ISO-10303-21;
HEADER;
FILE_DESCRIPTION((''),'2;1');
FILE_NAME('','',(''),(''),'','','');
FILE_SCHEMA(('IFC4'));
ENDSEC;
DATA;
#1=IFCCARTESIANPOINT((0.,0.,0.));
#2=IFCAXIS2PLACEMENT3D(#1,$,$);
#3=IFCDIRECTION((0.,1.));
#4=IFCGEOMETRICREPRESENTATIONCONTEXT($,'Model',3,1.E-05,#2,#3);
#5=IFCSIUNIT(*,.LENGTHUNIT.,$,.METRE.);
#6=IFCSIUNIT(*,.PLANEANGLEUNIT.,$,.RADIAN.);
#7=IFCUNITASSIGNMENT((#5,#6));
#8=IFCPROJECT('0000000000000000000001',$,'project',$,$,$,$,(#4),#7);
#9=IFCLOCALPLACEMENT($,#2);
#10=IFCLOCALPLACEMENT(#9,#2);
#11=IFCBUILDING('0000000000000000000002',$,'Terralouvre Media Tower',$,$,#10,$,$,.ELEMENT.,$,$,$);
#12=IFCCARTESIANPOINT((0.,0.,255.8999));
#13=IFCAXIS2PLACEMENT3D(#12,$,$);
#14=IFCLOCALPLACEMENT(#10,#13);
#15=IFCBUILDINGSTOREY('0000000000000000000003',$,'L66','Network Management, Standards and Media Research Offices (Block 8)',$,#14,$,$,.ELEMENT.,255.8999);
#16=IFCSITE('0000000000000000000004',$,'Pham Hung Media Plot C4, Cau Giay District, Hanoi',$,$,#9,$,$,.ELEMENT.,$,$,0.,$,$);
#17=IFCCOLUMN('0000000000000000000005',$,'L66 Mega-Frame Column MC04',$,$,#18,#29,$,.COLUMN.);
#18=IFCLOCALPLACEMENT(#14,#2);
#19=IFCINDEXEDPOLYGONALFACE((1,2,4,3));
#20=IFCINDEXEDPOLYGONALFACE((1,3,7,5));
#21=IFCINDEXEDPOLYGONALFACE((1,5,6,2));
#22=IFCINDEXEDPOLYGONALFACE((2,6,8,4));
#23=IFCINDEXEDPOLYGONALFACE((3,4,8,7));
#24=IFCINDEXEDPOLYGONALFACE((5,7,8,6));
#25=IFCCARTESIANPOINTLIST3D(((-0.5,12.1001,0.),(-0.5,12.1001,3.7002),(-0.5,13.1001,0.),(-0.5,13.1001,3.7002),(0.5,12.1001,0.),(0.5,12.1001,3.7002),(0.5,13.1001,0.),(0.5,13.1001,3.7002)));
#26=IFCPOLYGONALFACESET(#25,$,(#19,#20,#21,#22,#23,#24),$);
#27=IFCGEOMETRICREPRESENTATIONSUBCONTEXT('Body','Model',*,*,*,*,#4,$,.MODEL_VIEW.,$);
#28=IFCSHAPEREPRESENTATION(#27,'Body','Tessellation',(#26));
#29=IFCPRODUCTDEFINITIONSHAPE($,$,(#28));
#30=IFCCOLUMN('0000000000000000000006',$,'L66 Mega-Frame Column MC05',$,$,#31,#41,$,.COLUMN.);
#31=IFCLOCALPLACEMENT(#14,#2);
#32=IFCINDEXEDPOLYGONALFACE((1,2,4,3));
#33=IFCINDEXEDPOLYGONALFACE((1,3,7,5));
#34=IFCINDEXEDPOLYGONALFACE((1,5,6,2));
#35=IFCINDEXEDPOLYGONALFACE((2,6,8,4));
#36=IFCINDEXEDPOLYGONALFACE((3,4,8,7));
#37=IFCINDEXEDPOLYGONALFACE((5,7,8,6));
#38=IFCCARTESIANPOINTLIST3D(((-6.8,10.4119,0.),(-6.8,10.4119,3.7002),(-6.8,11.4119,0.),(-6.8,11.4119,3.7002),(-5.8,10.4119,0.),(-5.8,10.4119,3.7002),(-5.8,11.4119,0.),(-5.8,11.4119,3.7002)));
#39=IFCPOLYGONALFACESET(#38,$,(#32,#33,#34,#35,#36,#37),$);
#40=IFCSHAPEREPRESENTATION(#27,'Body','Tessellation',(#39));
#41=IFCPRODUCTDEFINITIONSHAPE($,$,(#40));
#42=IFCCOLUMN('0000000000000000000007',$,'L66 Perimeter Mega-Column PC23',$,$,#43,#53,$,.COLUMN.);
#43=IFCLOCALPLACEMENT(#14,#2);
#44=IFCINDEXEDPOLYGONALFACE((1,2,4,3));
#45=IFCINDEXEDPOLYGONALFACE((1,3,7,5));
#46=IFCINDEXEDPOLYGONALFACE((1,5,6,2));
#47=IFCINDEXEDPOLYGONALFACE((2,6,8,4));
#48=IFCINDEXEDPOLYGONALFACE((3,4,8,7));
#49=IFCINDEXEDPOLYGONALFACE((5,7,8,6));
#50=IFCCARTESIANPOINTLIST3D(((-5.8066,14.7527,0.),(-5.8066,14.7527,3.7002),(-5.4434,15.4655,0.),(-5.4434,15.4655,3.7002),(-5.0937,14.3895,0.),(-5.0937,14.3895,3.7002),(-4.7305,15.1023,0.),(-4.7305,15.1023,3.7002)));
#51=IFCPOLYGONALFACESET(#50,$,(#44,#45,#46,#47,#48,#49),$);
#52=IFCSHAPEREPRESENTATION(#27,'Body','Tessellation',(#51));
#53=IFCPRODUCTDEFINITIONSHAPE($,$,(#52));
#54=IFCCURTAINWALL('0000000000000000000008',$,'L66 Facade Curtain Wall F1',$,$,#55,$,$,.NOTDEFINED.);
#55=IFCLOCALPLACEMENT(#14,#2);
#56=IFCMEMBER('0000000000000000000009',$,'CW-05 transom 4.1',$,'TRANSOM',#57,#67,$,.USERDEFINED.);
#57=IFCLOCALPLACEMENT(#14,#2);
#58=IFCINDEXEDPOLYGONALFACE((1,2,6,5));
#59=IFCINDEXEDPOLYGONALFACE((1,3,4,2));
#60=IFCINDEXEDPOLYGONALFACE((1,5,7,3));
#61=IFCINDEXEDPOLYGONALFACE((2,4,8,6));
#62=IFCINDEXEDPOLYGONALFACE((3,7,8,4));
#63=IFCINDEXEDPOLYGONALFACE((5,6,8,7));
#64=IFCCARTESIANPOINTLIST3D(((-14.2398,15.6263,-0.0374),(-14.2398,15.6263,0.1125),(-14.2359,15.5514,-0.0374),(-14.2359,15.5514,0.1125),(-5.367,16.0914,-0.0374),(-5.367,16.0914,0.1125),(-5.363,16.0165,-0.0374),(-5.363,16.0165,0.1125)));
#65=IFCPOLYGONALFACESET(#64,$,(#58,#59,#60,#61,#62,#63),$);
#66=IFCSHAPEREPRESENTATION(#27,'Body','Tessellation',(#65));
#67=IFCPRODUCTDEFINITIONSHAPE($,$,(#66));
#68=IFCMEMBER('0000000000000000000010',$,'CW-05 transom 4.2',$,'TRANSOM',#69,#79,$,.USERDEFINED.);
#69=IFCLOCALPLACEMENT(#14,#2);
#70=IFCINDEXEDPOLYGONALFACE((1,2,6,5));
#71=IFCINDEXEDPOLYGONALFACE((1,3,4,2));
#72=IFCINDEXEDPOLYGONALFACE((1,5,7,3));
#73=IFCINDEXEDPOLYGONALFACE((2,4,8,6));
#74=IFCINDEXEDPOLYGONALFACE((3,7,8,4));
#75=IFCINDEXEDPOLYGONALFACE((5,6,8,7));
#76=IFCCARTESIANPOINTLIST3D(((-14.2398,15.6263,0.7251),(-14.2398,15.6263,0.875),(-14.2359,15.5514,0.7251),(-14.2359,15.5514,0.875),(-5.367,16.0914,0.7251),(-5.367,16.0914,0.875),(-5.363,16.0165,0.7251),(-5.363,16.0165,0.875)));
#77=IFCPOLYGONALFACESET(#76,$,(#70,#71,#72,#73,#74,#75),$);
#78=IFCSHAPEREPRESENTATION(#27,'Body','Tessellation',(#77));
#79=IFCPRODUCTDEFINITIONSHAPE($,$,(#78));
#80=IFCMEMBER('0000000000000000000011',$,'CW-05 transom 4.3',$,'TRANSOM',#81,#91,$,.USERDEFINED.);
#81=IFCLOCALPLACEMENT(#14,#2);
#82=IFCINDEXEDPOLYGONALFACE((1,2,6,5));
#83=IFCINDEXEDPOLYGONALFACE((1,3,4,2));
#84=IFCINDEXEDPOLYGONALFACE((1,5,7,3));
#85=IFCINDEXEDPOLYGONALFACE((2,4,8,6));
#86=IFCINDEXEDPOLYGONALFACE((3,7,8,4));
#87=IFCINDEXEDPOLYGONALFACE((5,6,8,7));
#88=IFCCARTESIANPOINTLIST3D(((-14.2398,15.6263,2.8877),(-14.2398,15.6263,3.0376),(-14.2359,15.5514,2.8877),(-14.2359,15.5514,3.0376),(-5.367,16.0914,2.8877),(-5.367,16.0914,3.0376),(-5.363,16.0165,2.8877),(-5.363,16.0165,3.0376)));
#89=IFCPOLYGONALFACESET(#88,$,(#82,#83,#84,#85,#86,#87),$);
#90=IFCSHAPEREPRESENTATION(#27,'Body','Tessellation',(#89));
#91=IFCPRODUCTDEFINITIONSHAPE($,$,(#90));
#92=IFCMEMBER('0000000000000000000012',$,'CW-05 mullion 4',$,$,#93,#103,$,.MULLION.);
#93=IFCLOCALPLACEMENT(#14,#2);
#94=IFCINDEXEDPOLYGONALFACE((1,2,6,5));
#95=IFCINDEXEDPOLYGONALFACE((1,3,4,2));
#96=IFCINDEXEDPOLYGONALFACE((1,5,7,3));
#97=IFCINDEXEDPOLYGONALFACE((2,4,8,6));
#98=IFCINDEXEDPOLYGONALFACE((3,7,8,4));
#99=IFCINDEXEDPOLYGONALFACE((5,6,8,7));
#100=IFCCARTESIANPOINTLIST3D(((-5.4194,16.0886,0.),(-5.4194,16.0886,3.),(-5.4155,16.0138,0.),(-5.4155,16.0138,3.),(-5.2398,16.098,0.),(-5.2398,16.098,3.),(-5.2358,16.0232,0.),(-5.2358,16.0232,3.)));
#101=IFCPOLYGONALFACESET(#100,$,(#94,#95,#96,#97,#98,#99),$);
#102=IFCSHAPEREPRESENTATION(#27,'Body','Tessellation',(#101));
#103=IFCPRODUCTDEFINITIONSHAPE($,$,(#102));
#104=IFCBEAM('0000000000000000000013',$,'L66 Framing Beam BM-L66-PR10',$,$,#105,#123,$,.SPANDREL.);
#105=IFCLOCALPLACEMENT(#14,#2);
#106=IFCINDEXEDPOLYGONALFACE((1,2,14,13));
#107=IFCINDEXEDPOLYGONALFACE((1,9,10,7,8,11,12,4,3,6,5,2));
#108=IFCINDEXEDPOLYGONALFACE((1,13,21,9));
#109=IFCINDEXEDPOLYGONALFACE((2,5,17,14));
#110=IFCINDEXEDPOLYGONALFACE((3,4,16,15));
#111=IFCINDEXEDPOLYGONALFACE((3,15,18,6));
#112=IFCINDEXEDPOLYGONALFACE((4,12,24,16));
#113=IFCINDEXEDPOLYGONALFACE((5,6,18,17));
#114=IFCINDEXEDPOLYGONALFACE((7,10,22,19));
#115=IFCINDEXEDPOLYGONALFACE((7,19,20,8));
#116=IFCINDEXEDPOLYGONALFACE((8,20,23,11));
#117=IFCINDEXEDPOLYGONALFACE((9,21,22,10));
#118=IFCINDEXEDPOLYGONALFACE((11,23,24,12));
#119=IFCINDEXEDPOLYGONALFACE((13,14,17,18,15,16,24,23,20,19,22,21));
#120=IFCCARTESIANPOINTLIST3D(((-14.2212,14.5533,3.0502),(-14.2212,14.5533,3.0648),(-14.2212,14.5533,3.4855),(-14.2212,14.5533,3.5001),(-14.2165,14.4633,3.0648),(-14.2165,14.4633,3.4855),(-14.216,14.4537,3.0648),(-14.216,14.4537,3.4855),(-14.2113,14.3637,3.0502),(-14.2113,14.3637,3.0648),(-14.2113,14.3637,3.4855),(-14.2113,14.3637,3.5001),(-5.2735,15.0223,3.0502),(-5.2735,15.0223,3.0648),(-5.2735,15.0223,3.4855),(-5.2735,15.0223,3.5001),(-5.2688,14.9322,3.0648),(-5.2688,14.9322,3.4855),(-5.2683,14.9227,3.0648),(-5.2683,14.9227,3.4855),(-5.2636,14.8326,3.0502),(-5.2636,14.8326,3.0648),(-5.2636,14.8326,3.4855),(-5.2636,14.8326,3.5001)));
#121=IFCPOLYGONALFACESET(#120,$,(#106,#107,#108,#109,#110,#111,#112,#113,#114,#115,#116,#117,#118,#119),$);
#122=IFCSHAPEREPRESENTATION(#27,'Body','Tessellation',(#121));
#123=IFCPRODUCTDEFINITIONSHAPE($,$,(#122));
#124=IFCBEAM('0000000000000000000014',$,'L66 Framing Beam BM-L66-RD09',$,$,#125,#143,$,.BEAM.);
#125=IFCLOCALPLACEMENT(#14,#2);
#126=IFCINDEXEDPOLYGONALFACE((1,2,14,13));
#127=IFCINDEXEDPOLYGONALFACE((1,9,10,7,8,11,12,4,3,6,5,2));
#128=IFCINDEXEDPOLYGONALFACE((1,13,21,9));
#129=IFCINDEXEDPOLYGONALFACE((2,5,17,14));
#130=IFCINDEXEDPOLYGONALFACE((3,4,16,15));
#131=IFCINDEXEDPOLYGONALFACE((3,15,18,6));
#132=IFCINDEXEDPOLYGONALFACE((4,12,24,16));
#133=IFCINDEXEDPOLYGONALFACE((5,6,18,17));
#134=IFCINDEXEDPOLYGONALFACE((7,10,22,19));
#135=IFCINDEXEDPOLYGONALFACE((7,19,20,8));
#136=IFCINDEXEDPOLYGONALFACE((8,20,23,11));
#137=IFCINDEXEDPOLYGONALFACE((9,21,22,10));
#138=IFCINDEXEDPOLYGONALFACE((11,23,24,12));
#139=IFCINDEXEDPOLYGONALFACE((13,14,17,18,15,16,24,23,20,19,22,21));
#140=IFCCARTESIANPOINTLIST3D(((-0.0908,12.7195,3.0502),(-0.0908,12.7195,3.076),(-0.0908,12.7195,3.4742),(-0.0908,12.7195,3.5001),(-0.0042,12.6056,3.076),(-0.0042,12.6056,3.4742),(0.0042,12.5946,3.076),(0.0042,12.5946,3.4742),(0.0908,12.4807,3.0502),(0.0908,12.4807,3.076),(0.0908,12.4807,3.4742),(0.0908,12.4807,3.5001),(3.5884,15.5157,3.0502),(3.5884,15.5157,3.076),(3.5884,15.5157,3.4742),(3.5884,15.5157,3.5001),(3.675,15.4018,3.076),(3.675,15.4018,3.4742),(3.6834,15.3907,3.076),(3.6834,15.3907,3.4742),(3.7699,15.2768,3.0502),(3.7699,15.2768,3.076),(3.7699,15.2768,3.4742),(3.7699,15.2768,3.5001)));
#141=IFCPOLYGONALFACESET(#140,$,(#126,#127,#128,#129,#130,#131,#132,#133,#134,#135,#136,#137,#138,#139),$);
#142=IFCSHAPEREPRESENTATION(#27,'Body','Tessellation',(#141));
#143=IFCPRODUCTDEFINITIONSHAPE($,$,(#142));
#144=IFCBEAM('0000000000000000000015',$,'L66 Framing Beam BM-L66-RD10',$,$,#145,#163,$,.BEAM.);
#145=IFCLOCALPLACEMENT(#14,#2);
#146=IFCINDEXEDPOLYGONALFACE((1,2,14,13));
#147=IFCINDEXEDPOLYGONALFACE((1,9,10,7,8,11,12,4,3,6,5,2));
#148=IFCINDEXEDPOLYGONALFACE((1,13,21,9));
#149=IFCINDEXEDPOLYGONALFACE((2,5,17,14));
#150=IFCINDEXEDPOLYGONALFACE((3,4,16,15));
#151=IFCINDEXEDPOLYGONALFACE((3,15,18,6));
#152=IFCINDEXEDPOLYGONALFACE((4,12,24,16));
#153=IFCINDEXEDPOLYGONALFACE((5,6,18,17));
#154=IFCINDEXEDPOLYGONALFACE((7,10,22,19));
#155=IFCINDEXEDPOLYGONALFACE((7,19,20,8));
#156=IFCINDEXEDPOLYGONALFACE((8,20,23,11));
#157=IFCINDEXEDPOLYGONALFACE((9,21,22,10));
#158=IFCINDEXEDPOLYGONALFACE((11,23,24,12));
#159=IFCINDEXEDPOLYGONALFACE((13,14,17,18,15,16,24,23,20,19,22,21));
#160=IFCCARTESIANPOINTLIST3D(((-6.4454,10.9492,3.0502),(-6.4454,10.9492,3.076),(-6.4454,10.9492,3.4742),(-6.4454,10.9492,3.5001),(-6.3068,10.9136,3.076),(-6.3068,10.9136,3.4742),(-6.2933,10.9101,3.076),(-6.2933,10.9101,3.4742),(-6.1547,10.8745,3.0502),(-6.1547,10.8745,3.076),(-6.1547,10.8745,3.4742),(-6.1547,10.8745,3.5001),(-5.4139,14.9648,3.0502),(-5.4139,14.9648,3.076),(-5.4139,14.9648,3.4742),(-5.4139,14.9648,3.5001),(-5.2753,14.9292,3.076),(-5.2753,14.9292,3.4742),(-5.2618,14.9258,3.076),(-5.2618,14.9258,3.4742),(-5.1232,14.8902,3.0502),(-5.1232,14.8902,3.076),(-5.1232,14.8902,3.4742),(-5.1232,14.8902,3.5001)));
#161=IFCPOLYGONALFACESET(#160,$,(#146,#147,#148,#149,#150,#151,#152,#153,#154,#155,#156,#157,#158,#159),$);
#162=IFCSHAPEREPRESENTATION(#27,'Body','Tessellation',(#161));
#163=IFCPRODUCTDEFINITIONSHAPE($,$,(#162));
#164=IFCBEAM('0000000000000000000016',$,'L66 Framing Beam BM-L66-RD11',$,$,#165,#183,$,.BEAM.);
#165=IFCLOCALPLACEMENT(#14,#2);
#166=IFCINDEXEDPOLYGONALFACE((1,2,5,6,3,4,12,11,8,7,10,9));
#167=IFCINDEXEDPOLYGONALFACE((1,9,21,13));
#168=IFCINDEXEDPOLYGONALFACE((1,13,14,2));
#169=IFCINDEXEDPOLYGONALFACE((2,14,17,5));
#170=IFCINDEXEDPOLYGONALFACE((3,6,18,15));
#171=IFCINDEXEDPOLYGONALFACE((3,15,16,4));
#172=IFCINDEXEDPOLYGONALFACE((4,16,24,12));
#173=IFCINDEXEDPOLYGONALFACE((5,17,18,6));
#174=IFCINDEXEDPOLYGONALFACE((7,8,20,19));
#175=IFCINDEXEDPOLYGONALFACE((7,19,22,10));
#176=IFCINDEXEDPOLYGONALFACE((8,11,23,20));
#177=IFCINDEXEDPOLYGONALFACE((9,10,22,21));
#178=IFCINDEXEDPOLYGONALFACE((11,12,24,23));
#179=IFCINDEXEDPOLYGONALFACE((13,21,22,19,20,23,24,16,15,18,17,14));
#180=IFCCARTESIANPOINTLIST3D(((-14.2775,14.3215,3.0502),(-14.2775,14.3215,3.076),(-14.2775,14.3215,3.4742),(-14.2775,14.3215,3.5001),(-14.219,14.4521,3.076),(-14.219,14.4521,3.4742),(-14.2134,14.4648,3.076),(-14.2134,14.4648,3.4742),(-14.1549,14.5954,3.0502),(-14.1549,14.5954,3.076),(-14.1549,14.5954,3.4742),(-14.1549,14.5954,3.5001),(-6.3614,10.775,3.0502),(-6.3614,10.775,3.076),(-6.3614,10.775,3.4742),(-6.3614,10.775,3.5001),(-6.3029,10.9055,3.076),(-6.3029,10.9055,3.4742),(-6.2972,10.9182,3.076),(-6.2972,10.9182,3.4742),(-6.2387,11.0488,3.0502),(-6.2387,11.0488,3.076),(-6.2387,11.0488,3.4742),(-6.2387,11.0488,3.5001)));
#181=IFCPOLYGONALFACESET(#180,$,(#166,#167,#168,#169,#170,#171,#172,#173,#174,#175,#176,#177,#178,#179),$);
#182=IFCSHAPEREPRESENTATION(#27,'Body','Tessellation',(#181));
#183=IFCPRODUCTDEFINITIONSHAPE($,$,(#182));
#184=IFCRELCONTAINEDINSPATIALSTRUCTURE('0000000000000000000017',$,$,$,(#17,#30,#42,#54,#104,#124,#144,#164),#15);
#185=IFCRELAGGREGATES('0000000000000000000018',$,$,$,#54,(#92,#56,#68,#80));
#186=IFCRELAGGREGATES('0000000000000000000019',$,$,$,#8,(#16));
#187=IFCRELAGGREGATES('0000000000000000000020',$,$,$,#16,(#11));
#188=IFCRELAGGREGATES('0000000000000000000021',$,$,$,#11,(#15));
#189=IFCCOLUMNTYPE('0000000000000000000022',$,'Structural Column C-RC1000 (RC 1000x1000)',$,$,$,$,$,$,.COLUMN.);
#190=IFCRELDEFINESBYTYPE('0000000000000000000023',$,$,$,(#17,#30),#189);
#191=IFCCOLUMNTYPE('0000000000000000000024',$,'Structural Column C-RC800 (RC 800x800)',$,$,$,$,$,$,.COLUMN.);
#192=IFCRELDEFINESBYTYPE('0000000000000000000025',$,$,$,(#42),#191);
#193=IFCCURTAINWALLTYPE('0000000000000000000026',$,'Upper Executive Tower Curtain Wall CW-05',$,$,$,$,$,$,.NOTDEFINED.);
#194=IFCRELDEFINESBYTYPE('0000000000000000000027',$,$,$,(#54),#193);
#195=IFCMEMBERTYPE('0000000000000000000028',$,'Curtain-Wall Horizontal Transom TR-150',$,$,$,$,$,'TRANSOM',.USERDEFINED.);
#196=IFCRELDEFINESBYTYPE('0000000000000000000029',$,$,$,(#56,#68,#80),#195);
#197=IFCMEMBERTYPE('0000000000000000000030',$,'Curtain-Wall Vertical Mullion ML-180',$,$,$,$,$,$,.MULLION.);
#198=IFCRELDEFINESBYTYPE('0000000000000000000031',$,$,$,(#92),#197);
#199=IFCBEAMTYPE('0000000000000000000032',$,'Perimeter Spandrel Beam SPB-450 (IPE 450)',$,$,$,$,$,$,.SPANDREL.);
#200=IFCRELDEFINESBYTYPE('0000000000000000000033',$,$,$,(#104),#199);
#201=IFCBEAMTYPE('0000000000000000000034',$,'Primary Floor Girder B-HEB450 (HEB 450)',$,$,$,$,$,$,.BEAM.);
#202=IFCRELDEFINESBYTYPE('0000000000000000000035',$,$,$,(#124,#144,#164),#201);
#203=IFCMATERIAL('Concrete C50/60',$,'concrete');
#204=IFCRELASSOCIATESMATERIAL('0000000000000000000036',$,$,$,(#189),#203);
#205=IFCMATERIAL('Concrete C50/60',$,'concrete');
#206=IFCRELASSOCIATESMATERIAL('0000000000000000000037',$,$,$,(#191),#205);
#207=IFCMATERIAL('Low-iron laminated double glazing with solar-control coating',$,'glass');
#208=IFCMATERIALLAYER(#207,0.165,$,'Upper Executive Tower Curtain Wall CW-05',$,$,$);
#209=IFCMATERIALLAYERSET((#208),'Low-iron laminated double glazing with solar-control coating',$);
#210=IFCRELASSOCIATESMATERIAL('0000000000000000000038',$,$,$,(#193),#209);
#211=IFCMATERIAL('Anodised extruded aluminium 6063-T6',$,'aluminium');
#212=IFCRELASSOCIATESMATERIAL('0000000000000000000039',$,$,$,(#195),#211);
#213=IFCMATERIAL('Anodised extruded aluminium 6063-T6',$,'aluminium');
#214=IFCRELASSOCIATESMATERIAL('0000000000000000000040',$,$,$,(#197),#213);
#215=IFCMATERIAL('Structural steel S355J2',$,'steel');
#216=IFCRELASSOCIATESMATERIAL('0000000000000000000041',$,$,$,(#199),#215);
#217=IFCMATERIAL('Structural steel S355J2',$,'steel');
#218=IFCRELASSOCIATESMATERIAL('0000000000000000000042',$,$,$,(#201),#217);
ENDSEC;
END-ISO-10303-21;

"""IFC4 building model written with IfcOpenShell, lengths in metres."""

from ifc_helpers import new_model, si_unit, direction, frame, origin, origin_2d, place, context, subcontext, project, spatial, rectangle, i_section, extrude, material, layer, layer_set, material_profile, profile_set, type_object, element, aggregate, save


model = new_model("IFC4")

# Units and contexts
model_context = context("Model", 3, precision=1e-05, world=origin(), true_north=direction((0.0, 1.0)))
body_context = subcontext(model_context, "Body", "Model", "MODEL_VIEW")
ifc_project = project(units=[si_unit("LENGTHUNIT", "METRE"), si_unit("PLANEANGLEUNIT", "RADIAN")], contexts=[model_context])

# Site, building, storey
site_placement = place(None, origin())
site = spatial("IfcSite", under=ifc_project, at=site_placement, Name="Pham Hung Media Plot C4, Cau Giay District, Hanoi", CompositionType="ELEMENT", RefElevation=0.0)
building_placement = place(site_placement, origin())
building = spatial("IfcBuilding", under=site, at=building_placement, Name="Terralouvre Media Tower", CompositionType="ELEMENT")
storey_placement = place(building_placement, frame((0.0, 0.0, 255.8999)))
storey = spatial("IfcBuildingStorey", under=building, at=storey_placement, Name="L66", Description="Network Management, Standards and Media Research Offices (Block 8)", CompositionType="ELEMENT", Elevation=255.8999)

# Columns
ifc_material_1 = material(Name="Concrete C50/60", Category="concrete")
ifc_material_profile_1 = material_profile(ifc_material_1, rectangle(XDim=1.0, YDim=1.0, at=origin_2d()), Name="RC 1000x1000")
ifc_profile_set_1 = profile_set([ifc_material_profile_1], Name="Concrete C50/60")
column_type_1 = type_object("IfcColumnType", Name="Structural Column C-RC1000 (RC 1000x1000)", PredefinedType="COLUMN", material=ifc_profile_set_1)
for number, where, z_axis, x_axis, name in (
    (1, (0.0, 12.6001, 0.0), (0.0, 0.0, 1.0), (1.0, 0.0, 0.0), "L66 Mega-Frame Column MC04"),
    (2, (-6.3, 10.9119, 0.0), (0.0, 0.0, 1.0), (1.0, 0.0, 0.0), "L66 Mega-Frame Column MC05"),
):
    element("IfcColumn", number, at=place(storey_placement, frame(where, z_axis=z_axis, x_axis=x_axis)), inside=storey, type_object=column_type_1, Name=name, PredefinedType="COLUMN", context=body_context, shape_type="SweptSolid", body=[
        extrude(rectangle(XDim=1.0, YDim=1.0, at=origin_2d()), origin(), (0.0, 0.0, 1.0), 3.7002),
    ])
ifc_material_2 = material(Name="Concrete C50/60", Category="concrete")
ifc_material_profile_2 = material_profile(ifc_material_2, rectangle(XDim=0.8, YDim=0.8, at=origin_2d()), Name="RC 800x800")
ifc_profile_set_2 = profile_set([ifc_material_profile_2], Name="Concrete C50/60")
column_type_2 = type_object("IfcColumnType", Name="Structural Column C-RC800 (RC 800x800)", PredefinedType="COLUMN", material=ifc_profile_set_2)
column_placement = place(storey_placement, frame((-5.2686, 14.9275, 0.0), z_axis=(0.0, 0.0, 1.0), x_axis=(0.45399, 0.891007, 0.0)))
element("IfcColumn", 3, at=column_placement, inside=storey, type_object=column_type_2, Name="L66 Perimeter Mega-Column PC23", PredefinedType="COLUMN", context=body_context, shape_type="SweptSolid", body=[
    extrude(rectangle(XDim=0.8, YDim=0.8, at=origin_2d()), origin(), (0.0, 0.0, 1.0), 3.7002),
])

# Curtain wall, members
ifc_material_3 = material(Name="Low-iron laminated double glazing with solar-control coating", Category="glass")
ifc_layer_1 = layer(ifc_material_3, 0.165, Name="Upper Executive Tower Curtain Wall CW-05")
ifc_layer_set_1 = layer_set([ifc_layer_1], Name="Low-iron laminated double glazing with solar-control coating")
curtain_wall_type = type_object("IfcCurtainWallType", Name="Upper Executive Tower Curtain Wall CW-05", PredefinedType="NOTDEFINED", material=ifc_layer_set_1)
curtain_wall_placement = place(storey_placement, origin())
curtain_wall = element("IfcCurtainWall", 4, at=curtain_wall_placement, inside=storey, type_object=curtain_wall_type, Name="L66 Facade Curtain Wall F1", PredefinedType="NOTDEFINED")
ifc_material_4 = material(Name="Anodised extruded aluminium 6063-T6", Category="aluminium")
ifc_material_profile_3 = material_profile(ifc_material_4, rectangle(XDim=0.075, YDim=0.1499, at=origin_2d()), Name="ALU 75x150")
ifc_profile_set_3 = profile_set([ifc_material_profile_3], Name="Anodised extruded aluminium 6063-T6")
member_type_1 = type_object("IfcMemberType", Name="Curtain-Wall Horizontal Transom TR-150", ElementType="TRANSOM", PredefinedType="USERDEFINED", material=ifc_profile_set_3)
member_1_placement = place(storey_placement, frame((-5.365, 16.054, 0.0376), z_axis=(-0.998629, -0.052345, 0.0), x_axis=(0.052345, -0.998629, 0.0)))
member_1 = element("IfcMember", 5, at=member_1_placement, type_object=member_type_1, Name="CW-05 transom 4.1", ObjectType="TRANSOM", PredefinedType="USERDEFINED", context=body_context, shape_type="SweptSolid", body=[
    extrude(rectangle(XDim=0.075, YDim=0.1499, at=origin_2d()), origin(), (0.0, 0.0, 1.0), 8.885),
])
member_2_placement = place(storey_placement, frame((-5.365, 16.054, 0.8), z_axis=(-0.998629, -0.052345, 0.0), x_axis=(0.052345, -0.998629, 0.0)))
member_2 = element("IfcMember", 6, at=member_2_placement, type_object=member_type_1, Name="CW-05 transom 4.2", ObjectType="TRANSOM", PredefinedType="USERDEFINED", context=body_context, shape_type="SweptSolid", body=[
    extrude(rectangle(XDim=0.075, YDim=0.1499, at=origin_2d()), origin(), (0.0, 0.0, 1.0), 8.885),
])
member_3_placement = place(storey_placement, frame((-5.365, 16.054, 2.9626), z_axis=(-0.998629, -0.052345, 0.0), x_axis=(0.052345, -0.998629, 0.0)))
member_3 = element("IfcMember", 7, at=member_3_placement, type_object=member_type_1, Name="CW-05 transom 4.3", ObjectType="TRANSOM", PredefinedType="USERDEFINED", context=body_context, shape_type="SweptSolid", body=[
    extrude(rectangle(XDim=0.075, YDim=0.1499, at=origin_2d()), origin(), (0.0, 0.0, 1.0), 8.885),
])
ifc_material_5 = material(Name="Anodised extruded aluminium 6063-T6", Category="aluminium")
ifc_material_profile_4 = material_profile(ifc_material_5, rectangle(XDim=0.075, YDim=0.1799, at=origin_2d()), Name="ALU 75x180")
ifc_profile_set_4 = profile_set([ifc_material_profile_4], Name="Anodised extruded aluminium 6063-T6")
member_type_2 = type_object("IfcMemberType", Name="Curtain-Wall Vertical Mullion ML-180", PredefinedType="MULLION", material=ifc_profile_set_4)
member_4_placement = place(storey_placement, frame((-5.3276, 16.0559, 0.0), z_axis=(0.0, 0.0, 1.0), x_axis=(0.052336, -0.99863, 0.0)))
member_4 = element("IfcMember", 8, at=member_4_placement, type_object=member_type_2, Name="CW-05 mullion 4", PredefinedType="MULLION", context=body_context, shape_type="SweptSolid", body=[
    extrude(rectangle(XDim=0.075, YDim=0.1799, at=origin_2d()), origin(), (0.0, 0.0, 1.0), 3.0),
])

# Beams
ifc_material_6 = material(Name="Structural steel S355J2", Category="steel")
ifc_material_profile_5 = material_profile(ifc_material_6, i_section(OverallWidth=0.1899, OverallDepth=0.45, WebThickness=0.0095, FlangeThickness=0.0146, at=origin_2d()), Name="IPE 450")
ifc_profile_set_5 = profile_set([ifc_material_profile_5], Name="Structural steel S355J2")
beam_type_1 = type_object("IfcBeamType", Name="Perimeter Spandrel Beam SPB-450 (IPE 450)", PredefinedType="SPANDREL", material=ifc_profile_set_5)
beam_1_placement = place(storey_placement, frame((-5.2686, 14.9275, 3.2751), z_axis=(-0.998629, -0.052343, 0.0), x_axis=(0.052343, -0.998629, 0.0)))
element("IfcBeam", 9, at=beam_1_placement, inside=storey, type_object=beam_type_1, Name="L66 Framing Beam BM-L66-PR10", PredefinedType="SPANDREL", context=body_context, shape_type="SweptSolid", body=[
    extrude(i_section(OverallWidth=0.1899, OverallDepth=0.45, WebThickness=0.0095, FlangeThickness=0.0146, at=origin_2d()), origin(), (0.0, 0.0, 1.0), 8.96),
])
ifc_material_7 = material(Name="Structural steel S355J2", Category="steel")
ifc_material_profile_6 = material_profile(ifc_material_7, i_section(OverallWidth=0.3, OverallDepth=0.45, WebThickness=0.0139, FlangeThickness=0.0259, at=origin_2d()), Name="HEB 450")
ifc_profile_set_6 = profile_set([ifc_material_profile_6], Name="Structural steel S355J2")
beam_type_2 = type_object("IfcBeamType", Name="Primary Floor Girder B-HEB450 (HEB 450)", PredefinedType="BEAM", material=ifc_profile_set_6)
beam_2_placement = place(storey_placement, frame((0.0, 12.6001, 3.2751), z_axis=(0.796167, 0.605077, 0.0), x_axis=(-0.605077, 0.796167, 0.0)))
element("IfcBeam", 10, at=beam_2_placement, inside=storey, type_object=beam_type_2, Name="L66 Framing Beam BM-L66-RD09", PredefinedType="BEAM", context=body_context, shape_type="SweptSolid", body=[
    extrude(i_section(OverallWidth=0.3, OverallDepth=0.45, WebThickness=0.0139, FlangeThickness=0.0259, at=origin_2d()), origin(), (0.0, 0.0, 1.0), 4.6211),
])
beam_3_placement = place(storey_placement, frame((-6.3, 10.9119, 3.2751), z_axis=(0.248793, 0.968557, 0.0), x_axis=(-0.968557, 0.248793, 0.0)))
element("IfcBeam", 11, at=beam_3_placement, inside=storey, type_object=beam_type_2, Name="L66 Framing Beam BM-L66-RD10", PredefinedType="BEAM", context=body_context, shape_type="SweptSolid", body=[
    extrude(i_section(OverallWidth=0.3, OverallDepth=0.45, WebThickness=0.0139, FlangeThickness=0.0259, at=origin_2d()), origin(), (0.0, 0.0, 1.0), 4.146),
])
beam_4_placement = place(storey_placement, frame((-6.3, 10.9119, 3.2751), z_axis=(-0.912597, 0.40886, 0.0), x_axis=(-0.40886, -0.912597, 0.0)))
element("IfcBeam", 12, at=beam_4_placement, inside=storey, type_object=beam_type_2, Name="L66 Framing Beam BM-L66-RD11", PredefinedType="BEAM", context=body_context, shape_type="SweptSolid", body=[
    extrude(i_section(OverallWidth=0.3, OverallDepth=0.45, WebThickness=0.0139, FlangeThickness=0.0259, at=origin_2d()), origin(), (0.0, 0.0, 1.0), 8.6743),
])

aggregate(curtain_wall, [member_4, member_1, member_2, member_3])

save(model, "model.ifc")
